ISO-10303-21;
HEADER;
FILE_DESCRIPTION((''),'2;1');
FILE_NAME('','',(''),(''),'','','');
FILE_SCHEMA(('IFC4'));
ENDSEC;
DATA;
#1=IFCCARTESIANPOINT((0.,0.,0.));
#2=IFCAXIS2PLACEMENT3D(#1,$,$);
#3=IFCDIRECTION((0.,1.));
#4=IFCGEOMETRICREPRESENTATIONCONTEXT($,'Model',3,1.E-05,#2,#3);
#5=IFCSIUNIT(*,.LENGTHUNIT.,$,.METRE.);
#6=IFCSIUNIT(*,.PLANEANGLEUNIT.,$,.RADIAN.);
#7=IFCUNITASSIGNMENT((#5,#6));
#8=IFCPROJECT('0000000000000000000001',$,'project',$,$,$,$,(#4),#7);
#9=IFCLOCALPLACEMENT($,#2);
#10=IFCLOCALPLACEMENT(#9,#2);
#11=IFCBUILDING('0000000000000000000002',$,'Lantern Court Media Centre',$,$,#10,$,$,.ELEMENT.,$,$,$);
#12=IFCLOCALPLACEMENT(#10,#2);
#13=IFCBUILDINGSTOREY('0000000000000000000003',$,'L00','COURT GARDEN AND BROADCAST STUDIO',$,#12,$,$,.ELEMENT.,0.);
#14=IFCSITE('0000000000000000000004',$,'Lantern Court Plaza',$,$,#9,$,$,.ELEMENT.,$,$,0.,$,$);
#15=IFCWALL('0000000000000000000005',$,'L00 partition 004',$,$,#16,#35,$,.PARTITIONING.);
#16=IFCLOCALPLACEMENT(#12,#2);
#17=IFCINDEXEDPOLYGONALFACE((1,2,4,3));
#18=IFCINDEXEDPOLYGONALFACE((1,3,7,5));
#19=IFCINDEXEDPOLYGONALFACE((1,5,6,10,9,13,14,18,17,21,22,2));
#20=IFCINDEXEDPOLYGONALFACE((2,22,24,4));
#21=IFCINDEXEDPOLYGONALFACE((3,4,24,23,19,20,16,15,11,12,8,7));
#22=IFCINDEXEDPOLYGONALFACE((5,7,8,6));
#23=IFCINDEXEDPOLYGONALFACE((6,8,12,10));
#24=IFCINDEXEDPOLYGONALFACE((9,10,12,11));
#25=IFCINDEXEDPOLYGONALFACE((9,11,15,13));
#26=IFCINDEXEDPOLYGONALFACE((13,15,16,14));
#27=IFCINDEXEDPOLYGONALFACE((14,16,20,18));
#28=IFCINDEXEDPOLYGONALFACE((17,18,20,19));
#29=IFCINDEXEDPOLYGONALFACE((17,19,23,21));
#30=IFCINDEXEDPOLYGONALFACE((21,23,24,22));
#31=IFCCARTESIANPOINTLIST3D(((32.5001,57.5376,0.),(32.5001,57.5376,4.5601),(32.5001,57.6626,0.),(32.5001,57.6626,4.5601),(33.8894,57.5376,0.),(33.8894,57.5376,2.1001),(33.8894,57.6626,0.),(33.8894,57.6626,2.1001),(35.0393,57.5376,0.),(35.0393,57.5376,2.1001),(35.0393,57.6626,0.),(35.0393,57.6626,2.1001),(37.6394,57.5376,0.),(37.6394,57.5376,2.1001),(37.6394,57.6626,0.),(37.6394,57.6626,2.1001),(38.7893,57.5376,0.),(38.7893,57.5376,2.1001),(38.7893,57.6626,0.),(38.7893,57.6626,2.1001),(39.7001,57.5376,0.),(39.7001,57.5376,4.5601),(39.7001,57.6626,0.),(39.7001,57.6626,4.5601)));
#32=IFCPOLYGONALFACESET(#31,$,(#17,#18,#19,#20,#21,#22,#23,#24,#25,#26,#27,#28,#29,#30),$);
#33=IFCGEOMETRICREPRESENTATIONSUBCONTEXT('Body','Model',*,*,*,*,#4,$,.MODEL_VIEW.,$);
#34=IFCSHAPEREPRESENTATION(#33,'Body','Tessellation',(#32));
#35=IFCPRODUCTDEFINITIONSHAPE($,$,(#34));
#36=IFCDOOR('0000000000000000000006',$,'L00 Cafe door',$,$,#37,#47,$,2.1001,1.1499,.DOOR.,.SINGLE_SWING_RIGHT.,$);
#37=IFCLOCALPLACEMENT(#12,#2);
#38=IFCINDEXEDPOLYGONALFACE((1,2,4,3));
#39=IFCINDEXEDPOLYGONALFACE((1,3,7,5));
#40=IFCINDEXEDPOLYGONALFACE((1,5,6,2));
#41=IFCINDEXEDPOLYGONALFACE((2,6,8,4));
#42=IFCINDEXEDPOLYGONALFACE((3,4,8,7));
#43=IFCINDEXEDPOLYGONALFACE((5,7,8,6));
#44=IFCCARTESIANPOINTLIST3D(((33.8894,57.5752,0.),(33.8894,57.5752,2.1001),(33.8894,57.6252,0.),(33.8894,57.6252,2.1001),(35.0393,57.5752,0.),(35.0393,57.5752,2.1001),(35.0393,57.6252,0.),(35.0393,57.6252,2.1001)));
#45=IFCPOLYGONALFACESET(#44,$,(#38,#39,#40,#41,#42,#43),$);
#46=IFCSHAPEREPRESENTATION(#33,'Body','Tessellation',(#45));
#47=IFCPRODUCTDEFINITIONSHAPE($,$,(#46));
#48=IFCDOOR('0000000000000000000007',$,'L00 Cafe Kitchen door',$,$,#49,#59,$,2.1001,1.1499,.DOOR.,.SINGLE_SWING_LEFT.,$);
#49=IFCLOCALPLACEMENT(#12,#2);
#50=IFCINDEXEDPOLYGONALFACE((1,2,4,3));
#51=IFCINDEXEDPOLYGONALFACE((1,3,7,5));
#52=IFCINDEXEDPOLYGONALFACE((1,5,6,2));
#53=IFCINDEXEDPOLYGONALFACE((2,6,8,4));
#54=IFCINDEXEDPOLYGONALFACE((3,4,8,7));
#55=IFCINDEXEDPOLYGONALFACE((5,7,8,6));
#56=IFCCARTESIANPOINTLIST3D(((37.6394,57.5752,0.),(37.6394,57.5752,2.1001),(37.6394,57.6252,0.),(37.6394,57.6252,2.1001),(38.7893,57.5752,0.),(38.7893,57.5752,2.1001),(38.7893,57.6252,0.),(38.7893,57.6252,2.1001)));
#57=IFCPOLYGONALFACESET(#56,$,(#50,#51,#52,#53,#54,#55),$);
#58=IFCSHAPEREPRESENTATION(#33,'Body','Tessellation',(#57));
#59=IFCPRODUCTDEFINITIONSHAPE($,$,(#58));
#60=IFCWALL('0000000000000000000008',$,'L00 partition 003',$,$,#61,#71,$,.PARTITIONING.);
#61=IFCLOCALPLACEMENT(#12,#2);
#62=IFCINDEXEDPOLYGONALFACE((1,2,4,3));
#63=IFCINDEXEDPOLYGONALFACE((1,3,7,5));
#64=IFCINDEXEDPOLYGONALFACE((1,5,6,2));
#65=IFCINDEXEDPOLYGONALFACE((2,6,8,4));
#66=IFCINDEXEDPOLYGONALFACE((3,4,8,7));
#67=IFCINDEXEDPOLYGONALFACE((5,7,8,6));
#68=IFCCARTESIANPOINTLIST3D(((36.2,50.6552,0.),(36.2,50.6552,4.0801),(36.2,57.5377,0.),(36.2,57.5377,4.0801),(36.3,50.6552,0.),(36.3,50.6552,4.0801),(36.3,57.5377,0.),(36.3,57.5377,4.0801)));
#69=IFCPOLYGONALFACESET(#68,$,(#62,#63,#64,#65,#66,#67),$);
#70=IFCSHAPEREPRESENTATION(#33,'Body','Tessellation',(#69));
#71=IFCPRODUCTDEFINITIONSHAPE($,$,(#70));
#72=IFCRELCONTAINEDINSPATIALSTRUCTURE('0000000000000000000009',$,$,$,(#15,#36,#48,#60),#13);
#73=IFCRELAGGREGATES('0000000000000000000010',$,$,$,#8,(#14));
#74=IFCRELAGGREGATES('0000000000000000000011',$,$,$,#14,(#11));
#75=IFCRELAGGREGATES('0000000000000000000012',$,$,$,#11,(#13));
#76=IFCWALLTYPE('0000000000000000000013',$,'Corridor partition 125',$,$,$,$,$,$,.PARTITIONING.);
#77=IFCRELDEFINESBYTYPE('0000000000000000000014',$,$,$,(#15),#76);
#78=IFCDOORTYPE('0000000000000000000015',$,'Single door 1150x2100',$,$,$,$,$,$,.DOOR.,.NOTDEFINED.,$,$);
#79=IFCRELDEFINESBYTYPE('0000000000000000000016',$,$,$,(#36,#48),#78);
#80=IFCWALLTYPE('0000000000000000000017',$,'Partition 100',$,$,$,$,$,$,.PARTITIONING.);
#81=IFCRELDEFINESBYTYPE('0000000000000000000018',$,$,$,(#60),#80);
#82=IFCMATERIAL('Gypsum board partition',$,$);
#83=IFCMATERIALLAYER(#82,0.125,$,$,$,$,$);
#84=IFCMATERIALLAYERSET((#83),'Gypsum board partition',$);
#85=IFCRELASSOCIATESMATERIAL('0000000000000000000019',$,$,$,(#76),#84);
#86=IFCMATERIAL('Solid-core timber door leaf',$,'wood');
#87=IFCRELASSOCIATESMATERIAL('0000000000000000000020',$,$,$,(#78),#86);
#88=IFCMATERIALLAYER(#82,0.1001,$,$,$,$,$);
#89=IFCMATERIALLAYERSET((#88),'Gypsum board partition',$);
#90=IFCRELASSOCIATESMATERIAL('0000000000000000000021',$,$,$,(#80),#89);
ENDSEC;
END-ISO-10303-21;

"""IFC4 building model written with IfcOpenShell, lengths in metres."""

from ifc_helpers import new_model, si_unit, direction, frame, frame_2d, origin, place, context, subcontext, project, spatial, rectangle, extrude, material, layer, layer_set, type_object, element, fill, save


model = new_model("IFC4")

# Units and contexts
model_context = context("Model", 3, precision=1e-05, world=origin(), true_north=direction((0.0, 1.0)))
body_context = subcontext(model_context, "Body", "Model", "MODEL_VIEW")
ifc_project = project(units=[si_unit("LENGTHUNIT", "METRE"), si_unit("PLANEANGLEUNIT", "RADIAN")], contexts=[model_context])

# Site, building, storey
site_placement = place(None, origin())
site = spatial("IfcSite", under=ifc_project, at=site_placement, Name="Lantern Court Plaza", CompositionType="ELEMENT", RefElevation=0.0)
building_placement = place(site_placement, origin())
building = spatial("IfcBuilding", under=site, at=building_placement, Name="Lantern Court Media Centre", CompositionType="ELEMENT")
storey_placement = place(building_placement, origin())
storey = spatial("IfcBuildingStorey", under=building, at=storey_placement, Name="L00", Description="COURT GARDEN AND BROADCAST STUDIO", CompositionType="ELEMENT", Elevation=0.0)

# Shared definitions
ifc_material_1 = material(Name="Gypsum board partition")
ifc_layer_1 = layer(ifc_material_1, 0.125)
ifc_layer_set_1 = layer_set([ifc_layer_1], Name="Gypsum board partition")
wall_type_1 = type_object("IfcWallType", Name="Corridor partition 125", PredefinedType="PARTITIONING", material=ifc_layer_set_1)

# Wall, openings, doors
wall_1_placement = place(storey_placement, frame((32.5, 57.6001, 0.0), z_axis=(0.0, 0.0, 1.0), x_axis=(1.0, 0.0, 0.0)))
wall_1 = element("IfcWall", 1, at=wall_1_placement, inside=storey, type_object=wall_type_1, Name="L00 partition 004", PredefinedType="PARTITIONING", context=body_context, shape_type="SweptSolid", body=[
    extrude(rectangle(XDim=7.2, YDim=0.125, at=frame_2d((3.6001, 0.0))), origin(), (0.0, 0.0, 1.0), 4.5601),
])
opening_1_placement = place(wall_1_placement, frame((1.3894, 0.0, 0.0)))
opening_1 = element("IfcOpeningElement", 2, at=opening_1_placement, cuts=wall_1, PredefinedType="OPENING", context=body_context, shape_type="SweptSolid", body=[
    extrude(rectangle(XDim=1.1499, YDim=2.1001, at=frame_2d((0.575, 1.05))), frame((0.0, 0.0725, 0.0), z_axis=(0.0, -1.0, 0.0), x_axis=(1.0, 0.0, 0.0)), (0.0, 0.0, 1.0), 0.145),
])
opening_2_placement = place(wall_1_placement, frame((5.1394, 0.0, 0.0)))
opening_2 = element("IfcOpeningElement", 3, at=opening_2_placement, cuts=wall_1, PredefinedType="OPENING", context=body_context, shape_type="SweptSolid", body=[
    extrude(rectangle(XDim=1.1499, YDim=2.1001, at=frame_2d((0.575, 1.05))), frame((0.0, 0.0725, 0.0), z_axis=(0.0, -1.0, 0.0), x_axis=(1.0, 0.0, 0.0)), (0.0, 0.0, 1.0), 0.145),
])
ifc_material_2 = material(Name="Solid-core timber door leaf", Category="wood")
door_type_1 = type_object("IfcDoorType", Name="Single door 1150x2100", OperationType="NOTDEFINED", PredefinedType="DOOR", material=ifc_material_2)
door_1_placement = place(opening_1_placement, frame((1.1499, 0.0, 0.0), z_axis=(0.0, 0.0, 1.0), x_axis=(-1.0, 0.0, 0.0)))
door_1 = element("IfcDoor", 4, at=door_1_placement, inside=storey, type_object=door_type_1, Name="L00 Cafe door", OperationType="SINGLE_SWING_RIGHT", OverallHeight=2.1001, OverallWidth=1.1499, PredefinedType="DOOR", context=body_context, shape_type="SweptSolid", body=[
    extrude(rectangle(XDim=1.1499, YDim=2.1001, at=frame_2d((0.575, 1.05))), frame((0.0, 0.0249, 0.0), z_axis=(0.0, -1.0, 0.0), x_axis=(1.0, 0.0, 0.0)), (0.0, 0.0, 1.0), 0.05),
])
fill(opening_1, door_1)
door_2_placement = place(opening_2_placement, frame((1.1499, 0.0, 0.0), z_axis=(0.0, 0.0, 1.0), x_axis=(-1.0, 0.0, 0.0)))
door_2 = element("IfcDoor", 5, at=door_2_placement, inside=storey, type_object=door_type_1, Name="L00 Cafe Kitchen door", OperationType="SINGLE_SWING_LEFT", OverallHeight=2.1001, OverallWidth=1.1499, PredefinedType="DOOR", context=body_context, shape_type="SweptSolid", body=[
    extrude(rectangle(XDim=1.1499, YDim=2.1001, at=frame_2d((0.575, 1.05))), frame((0.0, 0.0249, 0.0), z_axis=(0.0, -1.0, 0.0), x_axis=(1.0, 0.0, 0.0)), (0.0, 0.0, 1.0), 0.05),
])
fill(opening_2, door_2)

# Wall
ifc_layer_2 = layer(ifc_material_1, 0.1001)
ifc_layer_set_2 = layer_set([ifc_layer_2], Name="Gypsum board partition")
wall_type_2 = type_object("IfcWallType", Name="Partition 100", PredefinedType="PARTITIONING", material=ifc_layer_set_2)
wall_2_placement = place(storey_placement, frame((36.25, 50.655, 0.0), z_axis=(0.0, 0.0, 1.0), x_axis=(0.0, 1.0, 0.0)))
element("IfcWall", 6, at=wall_2_placement, inside=storey, type_object=wall_type_2, Name="L00 partition 003", PredefinedType="PARTITIONING", context=body_context, shape_type="SweptSolid", body=[
    extrude(rectangle(XDim=6.8826, YDim=0.1001, at=frame_2d((3.4414, 0.0))), origin(), (0.0, 0.0, 1.0), 4.0801),
])

save(model, "model.ifc")
